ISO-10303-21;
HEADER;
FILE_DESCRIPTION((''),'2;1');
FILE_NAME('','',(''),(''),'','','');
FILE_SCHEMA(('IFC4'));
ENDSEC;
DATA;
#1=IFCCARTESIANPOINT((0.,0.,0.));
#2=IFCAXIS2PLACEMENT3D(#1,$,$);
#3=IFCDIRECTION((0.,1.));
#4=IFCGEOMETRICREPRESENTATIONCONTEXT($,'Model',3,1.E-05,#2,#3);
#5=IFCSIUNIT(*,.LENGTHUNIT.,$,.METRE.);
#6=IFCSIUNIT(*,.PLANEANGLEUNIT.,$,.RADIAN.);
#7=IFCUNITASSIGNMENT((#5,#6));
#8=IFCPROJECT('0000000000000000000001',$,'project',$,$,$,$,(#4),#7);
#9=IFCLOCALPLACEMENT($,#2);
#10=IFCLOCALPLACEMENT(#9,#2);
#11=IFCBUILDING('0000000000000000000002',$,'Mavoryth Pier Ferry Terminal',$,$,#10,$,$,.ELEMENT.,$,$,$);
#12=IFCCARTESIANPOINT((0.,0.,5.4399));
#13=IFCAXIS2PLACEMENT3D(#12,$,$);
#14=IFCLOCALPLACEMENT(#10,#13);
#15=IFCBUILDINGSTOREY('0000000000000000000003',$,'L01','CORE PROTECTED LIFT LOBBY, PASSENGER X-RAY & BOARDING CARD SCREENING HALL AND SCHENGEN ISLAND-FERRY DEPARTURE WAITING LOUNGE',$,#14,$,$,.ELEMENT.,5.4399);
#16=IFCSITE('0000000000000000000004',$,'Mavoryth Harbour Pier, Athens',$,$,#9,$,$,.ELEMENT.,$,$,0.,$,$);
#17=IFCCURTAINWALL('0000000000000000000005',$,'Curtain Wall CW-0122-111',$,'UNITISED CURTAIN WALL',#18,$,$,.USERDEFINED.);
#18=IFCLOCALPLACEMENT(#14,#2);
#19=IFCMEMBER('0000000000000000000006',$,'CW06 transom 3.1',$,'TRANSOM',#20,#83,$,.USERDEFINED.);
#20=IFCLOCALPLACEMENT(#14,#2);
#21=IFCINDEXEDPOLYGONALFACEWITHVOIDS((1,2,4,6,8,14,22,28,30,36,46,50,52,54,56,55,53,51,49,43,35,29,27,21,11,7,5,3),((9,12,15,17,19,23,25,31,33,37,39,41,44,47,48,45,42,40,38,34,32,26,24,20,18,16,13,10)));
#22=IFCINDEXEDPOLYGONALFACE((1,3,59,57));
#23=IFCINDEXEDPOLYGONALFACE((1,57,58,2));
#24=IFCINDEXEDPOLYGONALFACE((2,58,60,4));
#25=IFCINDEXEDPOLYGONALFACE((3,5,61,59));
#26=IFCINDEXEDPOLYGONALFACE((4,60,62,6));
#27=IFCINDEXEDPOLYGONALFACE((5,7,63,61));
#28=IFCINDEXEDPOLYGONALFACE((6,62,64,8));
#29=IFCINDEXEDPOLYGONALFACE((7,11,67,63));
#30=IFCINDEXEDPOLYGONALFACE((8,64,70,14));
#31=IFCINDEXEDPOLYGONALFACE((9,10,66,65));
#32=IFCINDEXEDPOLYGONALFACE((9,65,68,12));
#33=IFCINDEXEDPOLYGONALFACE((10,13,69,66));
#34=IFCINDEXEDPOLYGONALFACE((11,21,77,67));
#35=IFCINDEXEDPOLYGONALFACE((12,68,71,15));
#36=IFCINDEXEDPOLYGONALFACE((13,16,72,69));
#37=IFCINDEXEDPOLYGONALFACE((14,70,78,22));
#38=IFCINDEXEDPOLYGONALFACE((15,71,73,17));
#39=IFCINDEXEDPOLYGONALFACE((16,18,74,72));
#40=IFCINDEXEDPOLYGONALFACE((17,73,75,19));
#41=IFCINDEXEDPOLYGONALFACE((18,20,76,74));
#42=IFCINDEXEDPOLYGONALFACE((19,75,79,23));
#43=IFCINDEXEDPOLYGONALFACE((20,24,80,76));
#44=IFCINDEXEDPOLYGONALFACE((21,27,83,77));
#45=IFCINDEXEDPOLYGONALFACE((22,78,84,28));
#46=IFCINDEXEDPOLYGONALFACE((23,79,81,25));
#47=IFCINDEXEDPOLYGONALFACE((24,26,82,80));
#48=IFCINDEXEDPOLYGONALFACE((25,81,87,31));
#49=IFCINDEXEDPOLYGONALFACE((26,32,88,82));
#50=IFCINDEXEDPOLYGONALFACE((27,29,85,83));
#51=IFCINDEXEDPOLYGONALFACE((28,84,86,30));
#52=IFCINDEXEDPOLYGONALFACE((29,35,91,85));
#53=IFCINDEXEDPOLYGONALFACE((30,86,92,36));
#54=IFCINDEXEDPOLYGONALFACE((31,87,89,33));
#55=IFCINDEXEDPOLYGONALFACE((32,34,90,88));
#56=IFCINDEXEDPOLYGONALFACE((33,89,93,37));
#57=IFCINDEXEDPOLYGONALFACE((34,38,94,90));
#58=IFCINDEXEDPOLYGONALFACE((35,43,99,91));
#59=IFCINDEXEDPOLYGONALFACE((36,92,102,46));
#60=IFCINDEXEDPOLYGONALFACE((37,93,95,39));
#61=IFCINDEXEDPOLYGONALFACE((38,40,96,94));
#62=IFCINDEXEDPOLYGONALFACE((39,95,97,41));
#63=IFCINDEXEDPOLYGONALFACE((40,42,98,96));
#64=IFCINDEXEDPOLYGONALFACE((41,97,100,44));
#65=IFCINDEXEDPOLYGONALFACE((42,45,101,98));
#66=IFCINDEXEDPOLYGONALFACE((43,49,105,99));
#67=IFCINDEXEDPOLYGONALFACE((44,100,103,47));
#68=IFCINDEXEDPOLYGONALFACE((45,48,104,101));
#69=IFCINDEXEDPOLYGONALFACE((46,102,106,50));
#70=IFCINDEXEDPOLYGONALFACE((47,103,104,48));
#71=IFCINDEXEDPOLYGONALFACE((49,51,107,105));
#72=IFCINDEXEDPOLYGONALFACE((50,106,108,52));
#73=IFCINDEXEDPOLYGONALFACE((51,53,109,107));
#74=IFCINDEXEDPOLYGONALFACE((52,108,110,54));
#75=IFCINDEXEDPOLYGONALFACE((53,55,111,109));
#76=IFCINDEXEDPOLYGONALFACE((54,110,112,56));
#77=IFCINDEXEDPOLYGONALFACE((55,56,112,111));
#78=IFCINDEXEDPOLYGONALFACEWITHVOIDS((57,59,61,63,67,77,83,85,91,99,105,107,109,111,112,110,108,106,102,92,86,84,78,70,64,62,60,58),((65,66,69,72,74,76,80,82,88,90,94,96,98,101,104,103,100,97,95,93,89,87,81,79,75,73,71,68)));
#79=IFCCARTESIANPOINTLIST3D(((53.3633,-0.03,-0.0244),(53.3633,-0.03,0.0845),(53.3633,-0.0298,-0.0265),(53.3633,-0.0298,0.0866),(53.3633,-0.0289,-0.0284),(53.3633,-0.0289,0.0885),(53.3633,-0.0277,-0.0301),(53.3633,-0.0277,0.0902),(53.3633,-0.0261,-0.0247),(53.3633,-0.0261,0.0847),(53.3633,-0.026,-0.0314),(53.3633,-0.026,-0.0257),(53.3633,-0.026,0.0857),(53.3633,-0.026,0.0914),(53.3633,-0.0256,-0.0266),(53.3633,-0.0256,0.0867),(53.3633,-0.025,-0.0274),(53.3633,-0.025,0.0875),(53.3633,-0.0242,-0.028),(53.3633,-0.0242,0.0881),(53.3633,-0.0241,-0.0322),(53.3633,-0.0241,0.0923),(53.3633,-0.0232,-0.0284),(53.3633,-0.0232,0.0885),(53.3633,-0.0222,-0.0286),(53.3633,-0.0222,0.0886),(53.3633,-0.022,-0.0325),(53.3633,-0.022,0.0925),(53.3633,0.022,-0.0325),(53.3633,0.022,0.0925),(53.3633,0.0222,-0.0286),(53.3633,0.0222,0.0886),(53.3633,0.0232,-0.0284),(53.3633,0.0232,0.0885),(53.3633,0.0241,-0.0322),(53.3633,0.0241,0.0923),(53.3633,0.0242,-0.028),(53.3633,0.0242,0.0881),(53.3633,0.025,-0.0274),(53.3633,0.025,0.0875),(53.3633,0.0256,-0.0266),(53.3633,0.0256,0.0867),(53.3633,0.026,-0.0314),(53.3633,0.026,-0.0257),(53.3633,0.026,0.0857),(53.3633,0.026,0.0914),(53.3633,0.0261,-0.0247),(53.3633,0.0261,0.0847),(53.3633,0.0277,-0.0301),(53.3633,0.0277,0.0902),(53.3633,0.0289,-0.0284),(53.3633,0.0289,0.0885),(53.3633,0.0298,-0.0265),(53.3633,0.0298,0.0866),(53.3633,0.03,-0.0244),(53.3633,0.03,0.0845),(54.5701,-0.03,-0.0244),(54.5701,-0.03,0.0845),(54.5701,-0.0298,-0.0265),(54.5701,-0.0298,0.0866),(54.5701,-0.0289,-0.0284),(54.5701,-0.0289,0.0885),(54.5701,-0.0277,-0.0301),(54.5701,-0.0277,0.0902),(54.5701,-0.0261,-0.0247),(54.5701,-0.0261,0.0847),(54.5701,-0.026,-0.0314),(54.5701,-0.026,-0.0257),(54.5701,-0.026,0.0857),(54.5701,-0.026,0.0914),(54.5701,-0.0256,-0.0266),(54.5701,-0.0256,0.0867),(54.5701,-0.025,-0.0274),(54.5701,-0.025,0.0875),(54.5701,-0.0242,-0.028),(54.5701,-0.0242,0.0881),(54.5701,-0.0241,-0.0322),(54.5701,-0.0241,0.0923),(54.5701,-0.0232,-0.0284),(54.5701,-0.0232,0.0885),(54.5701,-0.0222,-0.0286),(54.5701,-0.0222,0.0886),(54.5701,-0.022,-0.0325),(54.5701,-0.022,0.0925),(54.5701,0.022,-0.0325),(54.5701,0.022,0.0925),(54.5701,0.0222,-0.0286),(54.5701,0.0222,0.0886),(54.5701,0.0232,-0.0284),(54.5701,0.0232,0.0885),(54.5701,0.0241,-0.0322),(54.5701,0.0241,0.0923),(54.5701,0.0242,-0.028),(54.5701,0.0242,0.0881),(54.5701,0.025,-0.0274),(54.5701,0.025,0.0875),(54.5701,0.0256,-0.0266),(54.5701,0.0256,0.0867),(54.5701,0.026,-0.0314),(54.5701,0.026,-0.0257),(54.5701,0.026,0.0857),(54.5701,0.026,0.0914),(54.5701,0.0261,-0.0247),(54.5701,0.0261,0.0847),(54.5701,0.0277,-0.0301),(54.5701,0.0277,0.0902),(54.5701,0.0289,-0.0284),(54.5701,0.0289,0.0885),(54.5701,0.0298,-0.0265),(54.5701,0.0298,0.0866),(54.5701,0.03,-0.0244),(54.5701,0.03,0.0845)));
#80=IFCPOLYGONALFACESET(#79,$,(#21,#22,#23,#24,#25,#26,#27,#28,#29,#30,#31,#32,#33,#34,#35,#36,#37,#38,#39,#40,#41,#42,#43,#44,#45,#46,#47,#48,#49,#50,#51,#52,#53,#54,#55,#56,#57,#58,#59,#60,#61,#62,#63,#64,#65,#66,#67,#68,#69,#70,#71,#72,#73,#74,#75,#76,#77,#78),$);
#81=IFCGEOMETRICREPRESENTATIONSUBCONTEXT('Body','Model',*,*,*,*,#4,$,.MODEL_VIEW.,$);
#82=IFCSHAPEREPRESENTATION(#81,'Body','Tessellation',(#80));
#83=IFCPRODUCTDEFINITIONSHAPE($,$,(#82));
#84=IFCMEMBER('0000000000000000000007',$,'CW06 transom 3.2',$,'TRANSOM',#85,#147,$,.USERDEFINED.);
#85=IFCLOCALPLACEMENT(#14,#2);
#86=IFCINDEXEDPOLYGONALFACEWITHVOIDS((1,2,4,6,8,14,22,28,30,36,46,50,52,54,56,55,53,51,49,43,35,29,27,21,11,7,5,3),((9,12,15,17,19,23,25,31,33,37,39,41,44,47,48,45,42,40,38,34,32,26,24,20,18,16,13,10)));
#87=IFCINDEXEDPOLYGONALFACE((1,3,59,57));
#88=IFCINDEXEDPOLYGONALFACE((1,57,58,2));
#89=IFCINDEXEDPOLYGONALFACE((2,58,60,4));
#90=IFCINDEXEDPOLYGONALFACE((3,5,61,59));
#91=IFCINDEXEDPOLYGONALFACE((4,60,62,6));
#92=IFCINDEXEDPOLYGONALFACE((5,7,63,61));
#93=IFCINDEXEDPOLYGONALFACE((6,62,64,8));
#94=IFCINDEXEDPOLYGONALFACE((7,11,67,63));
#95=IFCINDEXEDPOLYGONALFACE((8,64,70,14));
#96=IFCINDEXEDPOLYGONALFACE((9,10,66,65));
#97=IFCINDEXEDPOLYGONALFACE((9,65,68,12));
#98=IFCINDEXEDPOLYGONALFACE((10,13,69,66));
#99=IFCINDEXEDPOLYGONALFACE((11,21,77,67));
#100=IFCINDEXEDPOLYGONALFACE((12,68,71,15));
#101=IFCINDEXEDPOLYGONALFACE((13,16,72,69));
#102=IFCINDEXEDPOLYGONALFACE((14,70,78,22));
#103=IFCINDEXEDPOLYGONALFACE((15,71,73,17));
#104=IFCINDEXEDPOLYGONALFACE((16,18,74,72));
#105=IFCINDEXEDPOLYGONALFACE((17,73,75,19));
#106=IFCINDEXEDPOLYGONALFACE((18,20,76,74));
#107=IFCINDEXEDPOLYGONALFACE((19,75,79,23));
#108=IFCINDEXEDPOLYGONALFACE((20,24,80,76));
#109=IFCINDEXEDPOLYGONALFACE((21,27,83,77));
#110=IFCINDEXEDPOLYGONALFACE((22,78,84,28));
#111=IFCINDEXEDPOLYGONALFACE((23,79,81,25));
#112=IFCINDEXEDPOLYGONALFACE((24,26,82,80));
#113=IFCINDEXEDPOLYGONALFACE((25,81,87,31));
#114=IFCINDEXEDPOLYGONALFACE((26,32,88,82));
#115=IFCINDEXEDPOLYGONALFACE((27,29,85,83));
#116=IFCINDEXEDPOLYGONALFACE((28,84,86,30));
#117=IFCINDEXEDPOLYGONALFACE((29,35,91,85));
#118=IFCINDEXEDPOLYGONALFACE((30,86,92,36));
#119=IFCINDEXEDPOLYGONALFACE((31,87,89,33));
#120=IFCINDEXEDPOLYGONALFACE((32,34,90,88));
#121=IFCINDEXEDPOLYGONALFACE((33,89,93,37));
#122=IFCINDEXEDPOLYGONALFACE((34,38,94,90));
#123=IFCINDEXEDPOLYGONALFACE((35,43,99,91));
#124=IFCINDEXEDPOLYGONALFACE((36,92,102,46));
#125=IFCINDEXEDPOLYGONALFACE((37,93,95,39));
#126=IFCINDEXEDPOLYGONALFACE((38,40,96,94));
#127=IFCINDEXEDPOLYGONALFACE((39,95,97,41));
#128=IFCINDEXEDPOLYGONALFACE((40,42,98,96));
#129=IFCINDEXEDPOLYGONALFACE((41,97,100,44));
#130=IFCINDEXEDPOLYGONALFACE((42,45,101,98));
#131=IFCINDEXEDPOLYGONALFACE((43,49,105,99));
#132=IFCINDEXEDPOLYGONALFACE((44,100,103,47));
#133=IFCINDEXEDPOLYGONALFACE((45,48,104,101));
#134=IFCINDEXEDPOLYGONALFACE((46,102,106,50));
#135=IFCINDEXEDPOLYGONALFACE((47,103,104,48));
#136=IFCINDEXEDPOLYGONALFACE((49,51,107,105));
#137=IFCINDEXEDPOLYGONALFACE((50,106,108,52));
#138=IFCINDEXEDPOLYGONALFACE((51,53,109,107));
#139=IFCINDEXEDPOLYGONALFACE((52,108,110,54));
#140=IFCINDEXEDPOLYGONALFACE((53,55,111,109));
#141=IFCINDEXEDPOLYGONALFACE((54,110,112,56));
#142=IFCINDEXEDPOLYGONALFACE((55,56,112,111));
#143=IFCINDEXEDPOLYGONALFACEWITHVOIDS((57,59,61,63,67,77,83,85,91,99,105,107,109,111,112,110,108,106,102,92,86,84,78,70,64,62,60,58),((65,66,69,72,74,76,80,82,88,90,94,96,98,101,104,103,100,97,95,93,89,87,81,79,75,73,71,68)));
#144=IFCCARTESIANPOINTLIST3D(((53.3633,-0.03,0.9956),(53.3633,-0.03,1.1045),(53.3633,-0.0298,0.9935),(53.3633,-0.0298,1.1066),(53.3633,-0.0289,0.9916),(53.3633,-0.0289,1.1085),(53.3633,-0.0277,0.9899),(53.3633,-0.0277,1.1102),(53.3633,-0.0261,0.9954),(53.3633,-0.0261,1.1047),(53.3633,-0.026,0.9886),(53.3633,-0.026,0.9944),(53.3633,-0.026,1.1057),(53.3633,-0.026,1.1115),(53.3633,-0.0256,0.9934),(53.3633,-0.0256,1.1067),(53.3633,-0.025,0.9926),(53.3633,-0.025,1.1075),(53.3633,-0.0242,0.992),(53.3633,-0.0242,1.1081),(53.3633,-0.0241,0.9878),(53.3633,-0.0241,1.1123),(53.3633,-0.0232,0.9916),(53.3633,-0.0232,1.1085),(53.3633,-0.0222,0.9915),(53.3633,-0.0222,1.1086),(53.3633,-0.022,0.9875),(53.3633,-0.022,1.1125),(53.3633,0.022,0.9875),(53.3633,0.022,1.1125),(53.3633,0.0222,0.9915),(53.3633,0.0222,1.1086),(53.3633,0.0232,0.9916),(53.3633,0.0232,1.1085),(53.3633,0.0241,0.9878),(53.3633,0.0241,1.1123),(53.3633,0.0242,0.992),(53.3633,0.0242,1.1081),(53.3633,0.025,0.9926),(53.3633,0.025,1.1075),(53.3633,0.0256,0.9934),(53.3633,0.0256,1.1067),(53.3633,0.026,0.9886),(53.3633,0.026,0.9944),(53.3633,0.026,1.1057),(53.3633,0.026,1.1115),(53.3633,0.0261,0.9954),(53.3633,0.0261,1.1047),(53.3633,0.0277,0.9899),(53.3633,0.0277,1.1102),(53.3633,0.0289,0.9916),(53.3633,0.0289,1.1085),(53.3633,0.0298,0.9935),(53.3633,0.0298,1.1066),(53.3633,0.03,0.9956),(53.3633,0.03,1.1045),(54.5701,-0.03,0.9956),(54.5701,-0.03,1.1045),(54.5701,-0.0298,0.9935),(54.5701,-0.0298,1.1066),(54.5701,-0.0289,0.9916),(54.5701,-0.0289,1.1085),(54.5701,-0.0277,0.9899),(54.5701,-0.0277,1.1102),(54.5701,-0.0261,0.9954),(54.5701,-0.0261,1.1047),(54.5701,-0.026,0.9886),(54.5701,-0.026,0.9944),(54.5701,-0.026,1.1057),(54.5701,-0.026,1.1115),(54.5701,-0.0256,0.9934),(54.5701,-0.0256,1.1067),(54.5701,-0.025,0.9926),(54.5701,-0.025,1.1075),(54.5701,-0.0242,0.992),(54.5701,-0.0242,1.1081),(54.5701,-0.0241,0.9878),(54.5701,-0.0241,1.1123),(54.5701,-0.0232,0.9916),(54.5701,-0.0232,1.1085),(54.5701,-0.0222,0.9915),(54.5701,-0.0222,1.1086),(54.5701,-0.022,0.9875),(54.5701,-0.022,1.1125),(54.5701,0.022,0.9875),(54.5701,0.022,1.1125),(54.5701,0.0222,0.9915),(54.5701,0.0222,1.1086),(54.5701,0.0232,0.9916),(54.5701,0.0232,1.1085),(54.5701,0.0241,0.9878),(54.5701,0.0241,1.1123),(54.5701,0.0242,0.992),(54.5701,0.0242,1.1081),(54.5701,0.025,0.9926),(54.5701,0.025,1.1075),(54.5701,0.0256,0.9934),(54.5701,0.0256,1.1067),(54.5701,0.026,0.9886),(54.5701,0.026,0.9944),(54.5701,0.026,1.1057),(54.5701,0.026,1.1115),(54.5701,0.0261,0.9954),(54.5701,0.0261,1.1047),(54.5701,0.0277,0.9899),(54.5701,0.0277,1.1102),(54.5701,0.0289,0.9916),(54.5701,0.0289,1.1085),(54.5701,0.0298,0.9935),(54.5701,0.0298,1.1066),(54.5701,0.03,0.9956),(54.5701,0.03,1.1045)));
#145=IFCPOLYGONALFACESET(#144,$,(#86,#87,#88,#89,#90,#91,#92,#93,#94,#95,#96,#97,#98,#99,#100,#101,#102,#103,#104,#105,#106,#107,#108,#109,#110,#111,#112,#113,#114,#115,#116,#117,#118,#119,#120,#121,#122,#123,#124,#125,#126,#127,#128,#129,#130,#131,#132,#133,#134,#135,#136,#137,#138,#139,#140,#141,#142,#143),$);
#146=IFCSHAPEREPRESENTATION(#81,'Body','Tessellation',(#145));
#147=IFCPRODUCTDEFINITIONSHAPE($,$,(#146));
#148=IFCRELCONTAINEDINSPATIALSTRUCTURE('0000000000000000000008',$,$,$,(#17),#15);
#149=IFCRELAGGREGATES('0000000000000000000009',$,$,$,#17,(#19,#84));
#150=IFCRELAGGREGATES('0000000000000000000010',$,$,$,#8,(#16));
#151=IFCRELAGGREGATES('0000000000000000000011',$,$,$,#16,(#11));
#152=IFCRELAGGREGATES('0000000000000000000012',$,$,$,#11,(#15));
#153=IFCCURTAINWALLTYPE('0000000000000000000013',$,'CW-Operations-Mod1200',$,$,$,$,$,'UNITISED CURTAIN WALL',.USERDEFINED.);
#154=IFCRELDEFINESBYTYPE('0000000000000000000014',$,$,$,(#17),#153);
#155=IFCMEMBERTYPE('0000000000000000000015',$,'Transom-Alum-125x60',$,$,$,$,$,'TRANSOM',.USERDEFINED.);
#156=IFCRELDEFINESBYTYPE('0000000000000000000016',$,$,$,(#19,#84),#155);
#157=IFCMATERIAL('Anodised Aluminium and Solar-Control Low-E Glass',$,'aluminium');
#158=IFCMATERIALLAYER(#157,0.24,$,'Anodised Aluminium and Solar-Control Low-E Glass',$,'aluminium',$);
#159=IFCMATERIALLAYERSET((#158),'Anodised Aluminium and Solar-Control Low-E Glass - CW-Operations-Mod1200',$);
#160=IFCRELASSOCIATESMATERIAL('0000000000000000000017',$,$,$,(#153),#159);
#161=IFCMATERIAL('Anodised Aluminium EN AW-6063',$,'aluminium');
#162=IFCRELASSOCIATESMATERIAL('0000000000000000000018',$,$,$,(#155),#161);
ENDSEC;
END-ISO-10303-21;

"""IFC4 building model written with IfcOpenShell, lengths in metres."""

from ifc_helpers import new_model, si_unit, direction, frame, origin, origin_2d, place, context, subcontext, project, spatial, hollow_rectangle, extrude, material, layer, layer_set, material_profile, profile_set, type_object, element, aggregate, save


model = new_model("IFC4")

# Units and contexts
model_context = context("Model", 3, precision=1e-05, world=origin(), true_north=direction((0.0, 1.0)))
body_context = subcontext(model_context, "Body", "Model", "MODEL_VIEW")
ifc_project = project(units=[si_unit("LENGTHUNIT", "METRE"), si_unit("PLANEANGLEUNIT", "RADIAN")], contexts=[model_context])

# Site, building, storey
site_placement = place(None, origin())
site = spatial("IfcSite", under=ifc_project, at=site_placement, Name="Mavoryth Harbour Pier, Athens", CompositionType="ELEMENT", RefElevation=0.0)
building_placement = place(site_placement, origin())
building = spatial("IfcBuilding", under=site, at=building_placement, Name="Mavoryth Pier Ferry Terminal", CompositionType="ELEMENT")
storey_placement = place(building_placement, frame((0.0, 0.0, 5.4399)))
storey = spatial("IfcBuildingStorey", under=building, at=storey_placement, Name="L01", Description="CORE PROTECTED LIFT LOBBY, PASSENGER X-RAY & BOARDING CARD SCREENING HALL AND SCHENGEN ISLAND-FERRY DEPARTURE WAITING LOUNGE", CompositionType="ELEMENT", Elevation=5.4399)

# Curtain wall, members
ifc_material_1 = material(Name="Anodised Aluminium and Solar-Control Low-E Glass", Category="aluminium")
ifc_layer_1 = layer(ifc_material_1, 0.24, Name="Anodised Aluminium and Solar-Control Low-E Glass", Category="aluminium")
ifc_layer_set_1 = layer_set([ifc_layer_1], Name="Anodised Aluminium and Solar-Control Low-E Glass - CW-Operations-Mod1200")
curtain_wall_type = type_object("IfcCurtainWallType", Name="CW-Operations-Mod1200", ElementType="UNITISED CURTAIN WALL", PredefinedType="USERDEFINED", material=ifc_layer_set_1)
curtain_wall_placement = place(storey_placement, origin())
curtain_wall = element("IfcCurtainWall", 1, at=curtain_wall_placement, inside=storey, type_object=curtain_wall_type, Name="Curtain Wall CW-0122-111", ObjectType="UNITISED CURTAIN WALL", PredefinedType="USERDEFINED")
ifc_material_2 = material(Name="Anodised Aluminium EN AW-6063", Category="aluminium")
ifc_material_profile_1 = material_profile(ifc_material_2, hollow_rectangle(XDim=0.0601, YDim=0.125, WallThickness=0.0039, InnerFilletRadius=0.0039, OuterFilletRadius=0.0081, at=origin_2d()), Name="AL-TRAN 125x60x4", Category="aluminium")
ifc_profile_set_1 = profile_set([ifc_material_profile_1], Name="Anodised Aluminium EN AW-6063 - AL-TRAN 125x60x4")
member_type_1 = type_object("IfcMemberType", Name="Transom-Alum-125x60", ElementType="TRANSOM", PredefinedType="USERDEFINED", material=ifc_profile_set_1)
member_1_placement = place(storey_placement, frame((53.3633, 0.0, 0.03), z_axis=(1.0, 0.0, 0.0), x_axis=(0.0, 1.0, 0.0)))
member_1 = element("IfcMember", 2, at=member_1_placement, type_object=member_type_1, Name="CW06 transom 3.1", ObjectType="TRANSOM", PredefinedType="USERDEFINED", context=body_context, shape_type="SweptSolid", body=[
    extrude(hollow_rectangle(XDim=0.0601, YDim=0.125, WallThickness=0.0039, InnerFilletRadius=0.0039, OuterFilletRadius=0.0081, at=origin_2d()), origin(), (0.0, 0.0, 1.0), 1.2068),
])
member_2_placement = place(storey_placement, frame((53.3633, 0.0, 1.05), z_axis=(1.0, 0.0, 0.0), x_axis=(0.0, 1.0, 0.0)))
member_2 = element("IfcMember", 3, at=member_2_placement, type_object=member_type_1, Name="CW06 transom 3.2", ObjectType="TRANSOM", PredefinedType="USERDEFINED", context=body_context, shape_type="SweptSolid", body=[
    extrude(hollow_rectangle(XDim=0.0601, YDim=0.125, WallThickness=0.0039, InnerFilletRadius=0.0039, OuterFilletRadius=0.0081, at=origin_2d()), origin(), (0.0, 0.0, 1.0), 1.2068),
])
aggregate(curtain_wall, [member_1, member_2])

save(model, "model.ifc")
